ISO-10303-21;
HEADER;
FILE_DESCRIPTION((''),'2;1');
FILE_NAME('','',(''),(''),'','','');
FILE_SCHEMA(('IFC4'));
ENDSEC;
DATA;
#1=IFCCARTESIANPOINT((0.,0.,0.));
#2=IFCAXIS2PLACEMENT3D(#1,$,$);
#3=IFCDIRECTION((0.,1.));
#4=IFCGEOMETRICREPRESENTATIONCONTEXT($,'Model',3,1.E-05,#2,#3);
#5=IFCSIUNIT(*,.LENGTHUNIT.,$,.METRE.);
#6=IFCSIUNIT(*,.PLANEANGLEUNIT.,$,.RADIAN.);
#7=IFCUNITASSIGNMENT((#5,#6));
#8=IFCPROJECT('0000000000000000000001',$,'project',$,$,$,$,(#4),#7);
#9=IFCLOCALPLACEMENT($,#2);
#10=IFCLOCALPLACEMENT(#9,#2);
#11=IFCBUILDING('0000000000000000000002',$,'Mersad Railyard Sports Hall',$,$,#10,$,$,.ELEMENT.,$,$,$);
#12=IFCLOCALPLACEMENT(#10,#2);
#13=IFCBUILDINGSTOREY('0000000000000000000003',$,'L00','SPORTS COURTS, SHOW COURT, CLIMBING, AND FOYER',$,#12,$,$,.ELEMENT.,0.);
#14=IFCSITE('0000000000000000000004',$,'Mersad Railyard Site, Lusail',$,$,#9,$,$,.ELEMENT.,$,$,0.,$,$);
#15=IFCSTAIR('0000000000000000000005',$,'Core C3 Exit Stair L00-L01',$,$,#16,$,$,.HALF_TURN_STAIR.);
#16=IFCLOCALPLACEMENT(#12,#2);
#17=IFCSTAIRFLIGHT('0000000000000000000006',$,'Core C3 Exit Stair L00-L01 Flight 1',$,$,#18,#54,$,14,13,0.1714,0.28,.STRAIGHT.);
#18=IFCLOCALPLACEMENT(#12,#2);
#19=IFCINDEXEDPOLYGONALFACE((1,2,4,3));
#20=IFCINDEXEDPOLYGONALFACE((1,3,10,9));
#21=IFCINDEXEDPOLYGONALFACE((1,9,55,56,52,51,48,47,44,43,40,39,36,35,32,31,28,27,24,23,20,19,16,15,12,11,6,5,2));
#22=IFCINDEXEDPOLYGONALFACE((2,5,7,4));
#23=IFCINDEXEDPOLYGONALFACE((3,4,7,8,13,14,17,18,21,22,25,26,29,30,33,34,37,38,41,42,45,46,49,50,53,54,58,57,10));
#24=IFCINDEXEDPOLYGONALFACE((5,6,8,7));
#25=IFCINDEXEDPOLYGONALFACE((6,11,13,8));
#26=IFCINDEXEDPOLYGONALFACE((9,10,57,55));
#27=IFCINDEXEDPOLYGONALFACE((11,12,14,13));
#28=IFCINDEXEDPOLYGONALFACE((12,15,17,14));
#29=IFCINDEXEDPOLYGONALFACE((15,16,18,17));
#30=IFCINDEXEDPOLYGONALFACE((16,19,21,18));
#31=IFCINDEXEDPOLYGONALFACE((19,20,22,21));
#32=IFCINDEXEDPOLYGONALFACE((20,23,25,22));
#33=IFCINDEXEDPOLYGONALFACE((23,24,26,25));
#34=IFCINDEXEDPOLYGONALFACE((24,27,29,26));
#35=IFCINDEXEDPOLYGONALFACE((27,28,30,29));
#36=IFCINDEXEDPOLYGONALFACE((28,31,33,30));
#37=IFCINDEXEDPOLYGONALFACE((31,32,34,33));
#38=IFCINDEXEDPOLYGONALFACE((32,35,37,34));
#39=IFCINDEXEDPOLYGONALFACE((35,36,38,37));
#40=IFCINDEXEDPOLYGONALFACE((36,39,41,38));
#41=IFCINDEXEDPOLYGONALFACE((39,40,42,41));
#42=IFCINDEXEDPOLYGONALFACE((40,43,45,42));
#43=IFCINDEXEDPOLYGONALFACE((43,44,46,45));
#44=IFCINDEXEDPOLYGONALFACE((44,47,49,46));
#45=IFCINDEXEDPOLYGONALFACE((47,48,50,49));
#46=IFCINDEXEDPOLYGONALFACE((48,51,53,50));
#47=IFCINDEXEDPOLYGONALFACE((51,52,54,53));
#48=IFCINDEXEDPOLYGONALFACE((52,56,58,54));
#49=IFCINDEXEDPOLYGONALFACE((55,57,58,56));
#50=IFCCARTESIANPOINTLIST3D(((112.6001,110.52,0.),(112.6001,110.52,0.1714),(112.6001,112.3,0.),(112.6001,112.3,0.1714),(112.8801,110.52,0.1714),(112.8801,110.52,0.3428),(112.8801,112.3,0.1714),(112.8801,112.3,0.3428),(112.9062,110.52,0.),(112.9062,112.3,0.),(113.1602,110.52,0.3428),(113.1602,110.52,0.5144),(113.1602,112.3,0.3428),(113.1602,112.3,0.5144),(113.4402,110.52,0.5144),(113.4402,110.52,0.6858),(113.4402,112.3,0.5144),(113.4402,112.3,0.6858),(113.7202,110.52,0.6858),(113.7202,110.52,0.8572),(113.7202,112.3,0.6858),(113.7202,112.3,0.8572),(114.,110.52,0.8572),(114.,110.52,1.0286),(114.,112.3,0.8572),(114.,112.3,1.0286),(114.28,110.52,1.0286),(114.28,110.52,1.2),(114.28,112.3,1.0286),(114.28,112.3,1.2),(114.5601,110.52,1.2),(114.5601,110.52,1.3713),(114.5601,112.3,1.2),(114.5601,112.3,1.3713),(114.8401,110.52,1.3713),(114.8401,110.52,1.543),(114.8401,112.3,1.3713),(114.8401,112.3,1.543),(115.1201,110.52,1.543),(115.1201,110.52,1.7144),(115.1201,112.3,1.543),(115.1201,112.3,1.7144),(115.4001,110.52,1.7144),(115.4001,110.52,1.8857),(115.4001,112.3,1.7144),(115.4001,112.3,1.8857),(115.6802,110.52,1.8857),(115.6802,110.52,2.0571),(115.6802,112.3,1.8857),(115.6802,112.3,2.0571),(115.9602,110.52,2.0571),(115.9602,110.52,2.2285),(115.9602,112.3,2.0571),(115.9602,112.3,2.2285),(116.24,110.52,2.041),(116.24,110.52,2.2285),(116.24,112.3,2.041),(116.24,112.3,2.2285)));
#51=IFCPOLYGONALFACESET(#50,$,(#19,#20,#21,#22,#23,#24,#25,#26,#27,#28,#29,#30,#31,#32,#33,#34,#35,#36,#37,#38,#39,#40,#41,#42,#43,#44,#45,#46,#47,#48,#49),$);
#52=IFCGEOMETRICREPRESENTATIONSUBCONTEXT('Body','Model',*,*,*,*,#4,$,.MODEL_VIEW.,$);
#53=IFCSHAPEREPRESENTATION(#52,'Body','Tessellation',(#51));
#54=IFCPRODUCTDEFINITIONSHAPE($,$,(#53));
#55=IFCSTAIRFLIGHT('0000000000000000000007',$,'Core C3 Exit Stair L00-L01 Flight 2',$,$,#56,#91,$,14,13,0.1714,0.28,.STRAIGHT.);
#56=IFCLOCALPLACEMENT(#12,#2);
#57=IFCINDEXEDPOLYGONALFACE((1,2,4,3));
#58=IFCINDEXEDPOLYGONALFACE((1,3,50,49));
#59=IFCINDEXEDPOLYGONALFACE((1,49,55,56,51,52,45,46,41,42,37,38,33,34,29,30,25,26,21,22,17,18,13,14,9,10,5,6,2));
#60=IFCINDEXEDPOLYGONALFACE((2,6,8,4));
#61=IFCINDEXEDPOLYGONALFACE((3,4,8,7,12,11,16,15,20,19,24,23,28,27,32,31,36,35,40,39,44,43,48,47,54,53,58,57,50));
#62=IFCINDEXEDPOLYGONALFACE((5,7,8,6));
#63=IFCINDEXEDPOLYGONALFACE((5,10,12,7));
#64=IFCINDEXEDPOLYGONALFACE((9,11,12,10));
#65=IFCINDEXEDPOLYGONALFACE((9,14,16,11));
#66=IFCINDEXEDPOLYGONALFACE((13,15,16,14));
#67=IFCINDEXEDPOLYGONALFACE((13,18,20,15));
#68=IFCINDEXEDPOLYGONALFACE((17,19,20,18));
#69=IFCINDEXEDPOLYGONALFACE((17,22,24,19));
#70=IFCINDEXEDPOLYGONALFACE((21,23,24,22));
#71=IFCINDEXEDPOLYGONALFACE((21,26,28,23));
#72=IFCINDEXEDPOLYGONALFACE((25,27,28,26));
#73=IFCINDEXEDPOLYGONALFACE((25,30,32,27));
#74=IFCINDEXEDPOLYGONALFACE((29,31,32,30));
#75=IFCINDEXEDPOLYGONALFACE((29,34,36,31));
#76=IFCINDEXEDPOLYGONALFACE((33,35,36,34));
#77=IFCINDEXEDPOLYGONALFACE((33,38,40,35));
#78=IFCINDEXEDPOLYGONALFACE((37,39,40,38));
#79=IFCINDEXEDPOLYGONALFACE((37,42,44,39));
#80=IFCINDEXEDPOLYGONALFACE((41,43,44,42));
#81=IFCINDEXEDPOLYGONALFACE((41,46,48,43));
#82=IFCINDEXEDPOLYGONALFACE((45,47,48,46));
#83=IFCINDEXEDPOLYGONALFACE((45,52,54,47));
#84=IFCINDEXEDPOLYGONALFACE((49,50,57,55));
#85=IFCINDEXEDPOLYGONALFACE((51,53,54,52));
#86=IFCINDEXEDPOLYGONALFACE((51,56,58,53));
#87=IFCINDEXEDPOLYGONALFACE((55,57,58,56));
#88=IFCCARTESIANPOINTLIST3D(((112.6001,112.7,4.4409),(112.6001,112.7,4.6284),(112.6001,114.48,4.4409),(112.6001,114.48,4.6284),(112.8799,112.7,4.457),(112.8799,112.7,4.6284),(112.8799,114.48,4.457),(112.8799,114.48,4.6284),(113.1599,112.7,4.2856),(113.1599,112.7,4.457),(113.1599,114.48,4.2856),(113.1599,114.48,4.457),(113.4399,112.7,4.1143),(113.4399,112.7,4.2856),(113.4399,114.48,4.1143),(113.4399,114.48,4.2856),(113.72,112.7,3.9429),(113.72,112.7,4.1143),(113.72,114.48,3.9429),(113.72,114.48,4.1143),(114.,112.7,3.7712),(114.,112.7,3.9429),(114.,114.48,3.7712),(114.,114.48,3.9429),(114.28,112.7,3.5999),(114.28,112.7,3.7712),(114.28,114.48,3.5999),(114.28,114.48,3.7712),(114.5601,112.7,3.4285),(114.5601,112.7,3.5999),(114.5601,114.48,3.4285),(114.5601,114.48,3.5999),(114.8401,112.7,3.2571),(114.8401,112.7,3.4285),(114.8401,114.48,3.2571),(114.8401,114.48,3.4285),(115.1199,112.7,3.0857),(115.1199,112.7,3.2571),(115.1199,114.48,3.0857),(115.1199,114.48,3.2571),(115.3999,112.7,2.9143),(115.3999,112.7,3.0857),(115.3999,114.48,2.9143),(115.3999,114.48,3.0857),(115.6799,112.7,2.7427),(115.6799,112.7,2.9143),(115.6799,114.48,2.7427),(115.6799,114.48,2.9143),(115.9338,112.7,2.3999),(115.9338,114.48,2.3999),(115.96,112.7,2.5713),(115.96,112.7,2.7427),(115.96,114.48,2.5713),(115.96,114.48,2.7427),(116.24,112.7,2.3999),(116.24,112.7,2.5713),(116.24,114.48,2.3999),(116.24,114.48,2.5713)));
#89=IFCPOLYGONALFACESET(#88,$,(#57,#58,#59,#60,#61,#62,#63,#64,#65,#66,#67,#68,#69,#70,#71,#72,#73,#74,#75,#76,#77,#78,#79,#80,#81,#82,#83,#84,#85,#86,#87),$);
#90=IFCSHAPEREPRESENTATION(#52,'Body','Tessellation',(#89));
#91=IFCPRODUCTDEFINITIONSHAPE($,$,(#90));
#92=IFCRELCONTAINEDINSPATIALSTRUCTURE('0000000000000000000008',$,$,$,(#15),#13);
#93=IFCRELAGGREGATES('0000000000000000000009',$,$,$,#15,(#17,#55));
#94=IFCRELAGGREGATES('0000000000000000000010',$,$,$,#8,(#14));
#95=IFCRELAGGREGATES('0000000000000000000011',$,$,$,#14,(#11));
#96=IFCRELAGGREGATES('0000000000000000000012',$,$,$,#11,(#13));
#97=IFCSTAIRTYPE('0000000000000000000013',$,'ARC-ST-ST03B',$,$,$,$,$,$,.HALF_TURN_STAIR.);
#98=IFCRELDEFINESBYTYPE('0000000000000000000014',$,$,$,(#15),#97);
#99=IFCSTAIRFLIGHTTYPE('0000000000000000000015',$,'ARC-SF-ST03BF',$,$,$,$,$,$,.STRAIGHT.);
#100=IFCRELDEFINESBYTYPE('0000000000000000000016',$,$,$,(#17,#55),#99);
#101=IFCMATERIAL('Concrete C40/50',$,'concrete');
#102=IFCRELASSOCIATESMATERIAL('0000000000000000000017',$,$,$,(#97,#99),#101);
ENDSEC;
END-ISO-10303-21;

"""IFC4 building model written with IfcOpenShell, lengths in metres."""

from ifc_helpers import new_model, si_unit, direction, frame, origin, place, context, subcontext, project, spatial, polyline, outline, extrude, material, type_object, element, aggregate, save


model = new_model("IFC4")

# Units and contexts
model_context = context("Model", 3, precision=1e-05, world=origin(), true_north=direction((0.0, 1.0)))
body_context = subcontext(model_context, "Body", "Model", "MODEL_VIEW")
ifc_project = project(units=[si_unit("LENGTHUNIT", "METRE"), si_unit("PLANEANGLEUNIT", "RADIAN")], contexts=[model_context])

# Site, building, storey
site_placement = place(None, origin())
site = spatial("IfcSite", under=ifc_project, at=site_placement, Name="Mersad Railyard Site, Lusail", CompositionType="ELEMENT", RefElevation=0.0)
building_placement = place(site_placement, origin())
building = spatial("IfcBuilding", under=site, at=building_placement, Name="Mersad Railyard Sports Hall", CompositionType="ELEMENT")
storey_placement = place(building_placement, origin())
storey = spatial("IfcBuildingStorey", under=building, at=storey_placement, Name="L00", Description="SPORTS COURTS, SHOW COURT, CLIMBING, AND FOYER", CompositionType="ELEMENT", Elevation=0.0)

# Shared definitions
ifc_material_1 = material(Name="Concrete C40/50", Category="concrete")

# Stair, stair flights
stair_type = type_object("IfcStairType", Name="ARC-ST-ST03B", PredefinedType="HALF_TURN_STAIR", material=ifc_material_1)
stair_placement = place(storey_placement, origin())
stair = element("IfcStair", 1, at=stair_placement, inside=storey, type_object=stair_type, Name="Core C3 Exit Stair L00-L01", PredefinedType="HALF_TURN_STAIR")
stair_flight_type = type_object("IfcStairFlightType", Name="ARC-SF-ST03BF", PredefinedType="STRAIGHT", material=ifc_material_1)
stair_flight_1_placement = place(storey_placement, frame((112.6001, 111.4099, 0.0), z_axis=(0.0, 0.0, 1.0), x_axis=(1.0, 0.0, 0.0)))
stair_flight_1 = element("IfcStairFlight", 2, at=stair_flight_1_placement, type_object=stair_flight_type, Name="Core C3 Exit Stair L00-L01 Flight 1", NumberOfRisers=14, NumberOfTreads=13, PredefinedType="STRAIGHT", RiserHeight=0.1714, TreadLength=0.28, context=body_context, shape_type="SweptSolid", body=[
    extrude(outline(polyline([(0.0, 0.0), (0.0, 0.1714), (0.28, 0.1714), (0.28, 0.3428), (0.5601, 0.3428), (0.5601, 0.5144), (0.8401, 0.5144), (0.8401, 0.6858), (1.1201, 0.6858), (1.1201, 0.8572), (1.3999, 0.8572), (1.3999, 1.0286), (1.6799, 1.0286), (1.6799, 1.2), (1.96, 1.2), (1.96, 1.3713), (2.24, 1.3713), (2.24, 1.543), (2.52, 1.543), (2.52, 1.7144), (2.8, 1.7144), (2.8, 1.8857), (3.0801, 1.8857), (3.0801, 2.0571), (3.3601, 2.0571), (3.3601, 2.2285), (3.6399, 2.2285), (3.6399, 2.3999), (3.6399, 2.041), (0.3062, 0.0), (0.0, 0.0)])), frame((0.0, 0.8901, 0.0), z_axis=(0.0, -1.0, 0.0), x_axis=(1.0, 0.0, 0.0)), (0.0, 0.0, 1.0), 1.78),
])
stair_flight_2_placement = place(storey_placement, frame((116.24, 113.5901, 2.3999), z_axis=(0.0, 0.0, 1.0), x_axis=(-1.0, 0.0, 0.0)))
stair_flight_2 = element("IfcStairFlight", 3, at=stair_flight_2_placement, type_object=stair_flight_type, Name="Core C3 Exit Stair L00-L01 Flight 2", NumberOfRisers=14, NumberOfTreads=13, PredefinedType="STRAIGHT", RiserHeight=0.1714, TreadLength=0.28, context=body_context, shape_type="SweptSolid", body=[
    extrude(outline(polyline([(0.0, 0.0), (0.0, 0.1714), (0.28, 0.1714), (0.28, 0.3428), (0.5601, 0.3428), (0.5601, 0.5144), (0.8401, 0.5144), (0.8401, 0.6858), (1.1201, 0.6858), (1.1201, 0.8572), (1.3999, 0.8572), (1.3999, 1.0286), (1.6799, 1.0286), (1.6799, 1.2), (1.96, 1.2), (1.96, 1.3713), (2.24, 1.3713), (2.24, 1.543), (2.52, 1.543), (2.52, 1.7144), (2.8, 1.7144), (2.8, 1.8857), (3.0801, 1.8857), (3.0801, 2.0571), (3.3601, 2.0571), (3.3601, 2.2285), (3.6399, 2.2285), (3.6399, 2.3999), (3.6399, 2.041), (0.3062, 0.0), (0.0, 0.0)])), frame((0.0, 0.8901, 0.0), z_axis=(0.0, -1.0, 0.0), x_axis=(1.0, 0.0, 0.0)), (0.0, 0.0, 1.0), 1.78),
])
aggregate(stair, [stair_flight_1, stair_flight_2])

save(model, "model.ifc")
